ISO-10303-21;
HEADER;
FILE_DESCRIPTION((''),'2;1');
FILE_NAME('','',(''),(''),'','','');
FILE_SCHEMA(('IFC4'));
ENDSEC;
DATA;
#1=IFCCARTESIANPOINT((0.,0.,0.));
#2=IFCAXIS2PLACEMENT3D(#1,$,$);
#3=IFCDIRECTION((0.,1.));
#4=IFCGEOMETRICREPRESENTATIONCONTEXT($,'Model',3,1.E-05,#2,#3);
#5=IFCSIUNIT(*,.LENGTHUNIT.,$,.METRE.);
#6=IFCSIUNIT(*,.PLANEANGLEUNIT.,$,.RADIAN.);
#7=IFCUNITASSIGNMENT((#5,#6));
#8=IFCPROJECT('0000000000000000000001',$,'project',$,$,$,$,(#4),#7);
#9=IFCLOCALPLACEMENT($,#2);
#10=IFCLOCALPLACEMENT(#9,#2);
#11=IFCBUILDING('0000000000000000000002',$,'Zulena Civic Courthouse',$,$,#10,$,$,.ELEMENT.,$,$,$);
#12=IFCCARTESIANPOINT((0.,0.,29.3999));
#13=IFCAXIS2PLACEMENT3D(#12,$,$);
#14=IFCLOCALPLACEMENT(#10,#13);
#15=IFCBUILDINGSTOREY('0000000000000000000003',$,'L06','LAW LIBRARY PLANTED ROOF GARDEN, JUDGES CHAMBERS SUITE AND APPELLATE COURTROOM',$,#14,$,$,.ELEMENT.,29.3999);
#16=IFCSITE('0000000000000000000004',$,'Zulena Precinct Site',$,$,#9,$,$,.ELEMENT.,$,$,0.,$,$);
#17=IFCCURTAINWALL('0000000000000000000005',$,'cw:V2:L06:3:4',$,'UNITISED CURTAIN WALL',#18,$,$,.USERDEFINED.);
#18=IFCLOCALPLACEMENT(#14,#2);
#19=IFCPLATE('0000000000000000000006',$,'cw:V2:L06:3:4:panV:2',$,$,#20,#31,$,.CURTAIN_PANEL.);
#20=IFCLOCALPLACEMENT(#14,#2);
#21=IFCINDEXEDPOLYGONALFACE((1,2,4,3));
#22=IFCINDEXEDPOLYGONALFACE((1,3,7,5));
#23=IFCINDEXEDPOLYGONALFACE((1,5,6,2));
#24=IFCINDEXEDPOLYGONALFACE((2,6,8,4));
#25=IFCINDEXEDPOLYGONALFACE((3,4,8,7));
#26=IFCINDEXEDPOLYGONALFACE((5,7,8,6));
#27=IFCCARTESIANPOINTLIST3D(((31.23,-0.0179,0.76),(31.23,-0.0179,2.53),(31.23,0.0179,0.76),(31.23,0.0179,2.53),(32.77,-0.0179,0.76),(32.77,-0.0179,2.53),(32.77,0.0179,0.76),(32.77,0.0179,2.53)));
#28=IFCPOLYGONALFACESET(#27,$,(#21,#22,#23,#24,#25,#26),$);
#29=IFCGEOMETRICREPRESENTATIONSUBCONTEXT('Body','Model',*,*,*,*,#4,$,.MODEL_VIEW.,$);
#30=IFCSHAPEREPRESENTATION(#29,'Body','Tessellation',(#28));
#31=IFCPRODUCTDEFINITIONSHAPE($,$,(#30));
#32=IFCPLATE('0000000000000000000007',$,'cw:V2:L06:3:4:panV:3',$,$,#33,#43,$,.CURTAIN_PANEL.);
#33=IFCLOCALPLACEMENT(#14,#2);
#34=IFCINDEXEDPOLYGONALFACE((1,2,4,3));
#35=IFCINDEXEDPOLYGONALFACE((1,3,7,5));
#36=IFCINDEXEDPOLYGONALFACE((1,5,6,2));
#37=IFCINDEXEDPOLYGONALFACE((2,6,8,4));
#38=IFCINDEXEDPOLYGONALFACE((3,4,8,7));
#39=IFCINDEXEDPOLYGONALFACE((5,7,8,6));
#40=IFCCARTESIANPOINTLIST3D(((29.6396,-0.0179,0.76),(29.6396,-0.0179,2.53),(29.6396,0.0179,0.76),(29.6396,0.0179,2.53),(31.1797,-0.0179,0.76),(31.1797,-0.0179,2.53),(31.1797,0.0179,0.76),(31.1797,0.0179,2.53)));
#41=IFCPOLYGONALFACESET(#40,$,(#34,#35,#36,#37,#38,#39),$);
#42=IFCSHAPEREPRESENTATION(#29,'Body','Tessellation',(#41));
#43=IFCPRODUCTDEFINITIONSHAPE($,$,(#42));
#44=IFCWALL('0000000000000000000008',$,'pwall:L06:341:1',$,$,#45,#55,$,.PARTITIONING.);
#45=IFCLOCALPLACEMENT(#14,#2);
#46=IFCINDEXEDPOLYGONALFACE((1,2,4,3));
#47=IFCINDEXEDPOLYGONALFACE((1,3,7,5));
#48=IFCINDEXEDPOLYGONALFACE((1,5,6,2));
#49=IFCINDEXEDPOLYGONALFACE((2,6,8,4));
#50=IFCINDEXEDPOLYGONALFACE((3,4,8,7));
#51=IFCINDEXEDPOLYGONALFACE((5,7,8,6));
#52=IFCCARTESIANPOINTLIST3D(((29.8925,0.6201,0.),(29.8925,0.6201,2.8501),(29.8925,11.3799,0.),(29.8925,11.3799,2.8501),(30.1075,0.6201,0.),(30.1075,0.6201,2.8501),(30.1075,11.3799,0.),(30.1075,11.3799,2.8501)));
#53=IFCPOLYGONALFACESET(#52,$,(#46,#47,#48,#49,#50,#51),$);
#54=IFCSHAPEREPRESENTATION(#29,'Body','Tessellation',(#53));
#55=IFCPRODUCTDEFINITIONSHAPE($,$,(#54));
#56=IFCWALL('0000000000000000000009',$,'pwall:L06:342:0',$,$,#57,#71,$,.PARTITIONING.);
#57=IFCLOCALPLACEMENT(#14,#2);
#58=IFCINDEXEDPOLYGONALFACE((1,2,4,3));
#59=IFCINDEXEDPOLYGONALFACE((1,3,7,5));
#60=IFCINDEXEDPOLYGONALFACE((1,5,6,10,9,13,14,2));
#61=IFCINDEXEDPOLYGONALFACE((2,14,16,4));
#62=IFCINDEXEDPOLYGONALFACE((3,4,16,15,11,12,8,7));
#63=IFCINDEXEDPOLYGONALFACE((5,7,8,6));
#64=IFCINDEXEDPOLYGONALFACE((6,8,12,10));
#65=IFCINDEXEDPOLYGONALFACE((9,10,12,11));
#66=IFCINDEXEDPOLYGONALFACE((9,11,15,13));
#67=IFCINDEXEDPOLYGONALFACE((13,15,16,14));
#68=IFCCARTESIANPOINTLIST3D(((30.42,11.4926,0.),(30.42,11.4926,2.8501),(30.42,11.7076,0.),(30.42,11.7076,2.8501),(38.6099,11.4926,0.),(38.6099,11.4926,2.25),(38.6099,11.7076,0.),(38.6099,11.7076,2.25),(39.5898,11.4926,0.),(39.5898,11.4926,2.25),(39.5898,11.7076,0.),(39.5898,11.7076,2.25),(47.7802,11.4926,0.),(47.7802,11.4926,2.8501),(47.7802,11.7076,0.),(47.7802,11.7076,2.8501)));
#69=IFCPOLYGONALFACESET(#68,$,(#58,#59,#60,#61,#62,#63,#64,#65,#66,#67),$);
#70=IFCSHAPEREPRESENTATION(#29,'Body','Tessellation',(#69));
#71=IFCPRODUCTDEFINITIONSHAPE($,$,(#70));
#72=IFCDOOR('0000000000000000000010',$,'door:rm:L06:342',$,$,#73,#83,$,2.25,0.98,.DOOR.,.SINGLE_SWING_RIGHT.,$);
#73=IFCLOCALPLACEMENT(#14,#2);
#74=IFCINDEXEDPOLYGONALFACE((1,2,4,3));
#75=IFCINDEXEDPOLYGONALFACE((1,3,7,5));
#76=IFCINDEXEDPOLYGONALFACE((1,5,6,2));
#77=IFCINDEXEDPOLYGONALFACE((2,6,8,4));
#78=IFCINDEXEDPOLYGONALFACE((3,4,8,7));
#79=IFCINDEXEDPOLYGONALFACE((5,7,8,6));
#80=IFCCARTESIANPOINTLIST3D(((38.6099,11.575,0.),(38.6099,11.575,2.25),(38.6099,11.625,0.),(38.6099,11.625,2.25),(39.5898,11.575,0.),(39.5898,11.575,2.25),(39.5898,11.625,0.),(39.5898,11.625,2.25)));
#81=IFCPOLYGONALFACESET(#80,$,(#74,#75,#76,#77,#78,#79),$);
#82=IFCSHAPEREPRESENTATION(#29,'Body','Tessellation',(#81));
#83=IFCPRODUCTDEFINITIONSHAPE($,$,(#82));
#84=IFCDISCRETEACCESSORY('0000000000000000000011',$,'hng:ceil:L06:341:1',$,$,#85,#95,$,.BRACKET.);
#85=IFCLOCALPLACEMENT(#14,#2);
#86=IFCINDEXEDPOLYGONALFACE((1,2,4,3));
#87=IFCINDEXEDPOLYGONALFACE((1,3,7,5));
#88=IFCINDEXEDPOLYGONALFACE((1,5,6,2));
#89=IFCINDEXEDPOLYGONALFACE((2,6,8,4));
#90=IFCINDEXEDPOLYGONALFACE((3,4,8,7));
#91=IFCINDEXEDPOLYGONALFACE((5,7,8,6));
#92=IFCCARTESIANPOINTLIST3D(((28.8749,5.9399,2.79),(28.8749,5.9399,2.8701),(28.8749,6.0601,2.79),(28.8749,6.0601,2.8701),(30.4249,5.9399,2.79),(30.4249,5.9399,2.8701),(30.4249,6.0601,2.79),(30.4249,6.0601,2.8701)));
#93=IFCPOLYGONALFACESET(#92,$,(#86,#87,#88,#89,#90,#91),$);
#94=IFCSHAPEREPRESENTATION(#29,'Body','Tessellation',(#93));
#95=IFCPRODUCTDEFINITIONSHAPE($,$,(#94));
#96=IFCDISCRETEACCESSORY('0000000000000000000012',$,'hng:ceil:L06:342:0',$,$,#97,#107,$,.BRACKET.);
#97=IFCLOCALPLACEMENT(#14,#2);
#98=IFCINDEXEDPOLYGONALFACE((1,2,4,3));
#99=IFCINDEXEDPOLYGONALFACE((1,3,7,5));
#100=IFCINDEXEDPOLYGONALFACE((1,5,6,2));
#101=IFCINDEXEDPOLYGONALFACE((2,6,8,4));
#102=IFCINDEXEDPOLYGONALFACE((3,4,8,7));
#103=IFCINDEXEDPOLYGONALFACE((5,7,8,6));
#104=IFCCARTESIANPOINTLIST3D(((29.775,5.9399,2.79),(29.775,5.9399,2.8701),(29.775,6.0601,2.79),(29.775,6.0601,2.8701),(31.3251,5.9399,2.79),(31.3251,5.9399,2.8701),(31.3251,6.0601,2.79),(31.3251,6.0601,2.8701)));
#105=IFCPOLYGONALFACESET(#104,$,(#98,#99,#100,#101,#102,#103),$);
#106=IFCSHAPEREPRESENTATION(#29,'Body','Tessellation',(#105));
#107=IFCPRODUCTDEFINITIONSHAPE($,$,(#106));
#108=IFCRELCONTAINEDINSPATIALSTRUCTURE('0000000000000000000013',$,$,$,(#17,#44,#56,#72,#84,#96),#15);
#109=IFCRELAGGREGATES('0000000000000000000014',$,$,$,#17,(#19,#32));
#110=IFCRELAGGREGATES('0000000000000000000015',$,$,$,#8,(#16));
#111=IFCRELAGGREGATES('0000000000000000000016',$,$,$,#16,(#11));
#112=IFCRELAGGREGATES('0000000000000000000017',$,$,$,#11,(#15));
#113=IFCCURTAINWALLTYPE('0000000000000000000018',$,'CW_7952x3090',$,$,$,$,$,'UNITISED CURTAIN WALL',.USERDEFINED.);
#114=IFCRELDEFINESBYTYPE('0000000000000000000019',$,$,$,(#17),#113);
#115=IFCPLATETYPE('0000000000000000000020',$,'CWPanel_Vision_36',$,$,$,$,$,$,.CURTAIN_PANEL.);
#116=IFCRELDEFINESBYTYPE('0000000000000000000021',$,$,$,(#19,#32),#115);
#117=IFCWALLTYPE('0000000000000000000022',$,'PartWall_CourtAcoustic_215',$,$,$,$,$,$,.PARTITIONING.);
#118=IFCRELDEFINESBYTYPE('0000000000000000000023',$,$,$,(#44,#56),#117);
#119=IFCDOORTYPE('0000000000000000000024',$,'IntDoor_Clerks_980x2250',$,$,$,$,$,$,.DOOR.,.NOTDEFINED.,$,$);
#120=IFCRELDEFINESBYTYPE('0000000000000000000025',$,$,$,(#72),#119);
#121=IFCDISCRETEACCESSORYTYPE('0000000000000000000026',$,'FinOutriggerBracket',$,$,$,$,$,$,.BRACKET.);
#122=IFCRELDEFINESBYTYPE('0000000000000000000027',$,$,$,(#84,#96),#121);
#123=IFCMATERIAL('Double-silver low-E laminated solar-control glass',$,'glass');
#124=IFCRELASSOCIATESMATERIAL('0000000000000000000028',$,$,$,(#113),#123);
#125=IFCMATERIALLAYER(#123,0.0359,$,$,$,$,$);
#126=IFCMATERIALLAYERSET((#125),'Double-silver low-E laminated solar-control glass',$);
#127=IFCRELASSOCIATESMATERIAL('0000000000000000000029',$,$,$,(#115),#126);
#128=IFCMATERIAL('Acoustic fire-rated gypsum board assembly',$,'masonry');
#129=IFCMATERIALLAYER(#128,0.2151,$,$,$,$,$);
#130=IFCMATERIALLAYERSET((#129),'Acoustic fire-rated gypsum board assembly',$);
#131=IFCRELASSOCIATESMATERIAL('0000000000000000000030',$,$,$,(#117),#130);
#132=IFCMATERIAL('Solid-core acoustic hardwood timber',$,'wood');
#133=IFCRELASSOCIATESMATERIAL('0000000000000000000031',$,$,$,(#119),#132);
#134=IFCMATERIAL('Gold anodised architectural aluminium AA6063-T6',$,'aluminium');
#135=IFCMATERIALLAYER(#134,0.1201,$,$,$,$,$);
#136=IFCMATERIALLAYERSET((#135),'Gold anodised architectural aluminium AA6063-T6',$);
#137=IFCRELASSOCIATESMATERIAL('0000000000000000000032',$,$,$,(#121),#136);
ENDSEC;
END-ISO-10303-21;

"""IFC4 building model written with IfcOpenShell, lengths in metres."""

from ifc_helpers import new_model, si_unit, direction, frame, frame_2d, origin, origin_2d, place, context, subcontext, project, spatial, rectangle, extrude, material, layer, layer_set, type_object, element, fill, aggregate, save


model = new_model("IFC4")

# Units and contexts
model_context = context("Model", 3, precision=1e-05, world=origin(), true_north=direction((0.0, 1.0)))
body_context = subcontext(model_context, "Body", "Model", "MODEL_VIEW")
ifc_project = project(units=[si_unit("LENGTHUNIT", "METRE"), si_unit("PLANEANGLEUNIT", "RADIAN")], contexts=[model_context])

# Site, building, storey
site_placement = place(None, origin())
site = spatial("IfcSite", under=ifc_project, at=site_placement, Name="Zulena Precinct Site", CompositionType="ELEMENT", RefElevation=0.0)
building_placement = place(site_placement, origin())
building = spatial("IfcBuilding", under=site, at=building_placement, Name="Zulena Civic Courthouse", CompositionType="ELEMENT")
storey_placement = place(building_placement, frame((0.0, 0.0, 29.3999)))
storey = spatial("IfcBuildingStorey", under=building, at=storey_placement, Name="L06", Description="LAW LIBRARY PLANTED ROOF GARDEN, JUDGES CHAMBERS SUITE AND APPELLATE COURTROOM", CompositionType="ELEMENT", Elevation=29.3999)

# Curtain wall
ifc_material_1 = material(Name="Double-silver low-E laminated solar-control glass", Category="glass")
curtain_wall_type = type_object("IfcCurtainWallType", Name="CW_7952x3090", ElementType="UNITISED CURTAIN WALL", PredefinedType="USERDEFINED", material=ifc_material_1)
curtain_wall_placement = place(storey_placement, origin())
curtain_wall = element("IfcCurtainWall", 1, at=curtain_wall_placement, inside=storey, type_object=curtain_wall_type, Name="cw:V2:L06:3:4", ObjectType="UNITISED CURTAIN WALL", PredefinedType="USERDEFINED")

# Plates
ifc_layer_1 = layer(ifc_material_1, 0.0359)
ifc_layer_set_1 = layer_set([ifc_layer_1], Name="Double-silver low-E laminated solar-control glass")
plate_type_1 = type_object("IfcPlateType", Name="CWPanel_Vision_36", PredefinedType="CURTAIN_PANEL", material=ifc_layer_set_1)
plate_1_placement = place(storey_placement, frame((32.0, 0.0, 0.76), z_axis=(0.0, 0.0, 1.0), x_axis=(-1.0, 0.0, 0.0)))
plate_1 = element("IfcPlate", 2, at=plate_1_placement, type_object=plate_type_1, Name="cw:V2:L06:3:4:panV:2", PredefinedType="CURTAIN_PANEL", context=body_context, shape_type="SweptSolid", body=[
    extrude(rectangle(XDim=1.54, YDim=0.0359, at=origin_2d()), origin(), (0.0, 0.0, 1.0), 1.77),
])
plate_2_placement = place(storey_placement, frame((30.4097, 0.0, 0.76), z_axis=(0.0, 0.0, 1.0), x_axis=(-1.0, 0.0, 0.0)))
plate_2 = element("IfcPlate", 3, at=plate_2_placement, type_object=plate_type_1, Name="cw:V2:L06:3:4:panV:3", PredefinedType="CURTAIN_PANEL", context=body_context, shape_type="SweptSolid", body=[
    extrude(rectangle(XDim=1.54, YDim=0.0359, at=origin_2d()), origin(), (0.0, 0.0, 1.0), 1.77),
])
aggregate(curtain_wall, [plate_1, plate_2])

# Wall
ifc_material_2 = material(Name="Acoustic fire-rated gypsum board assembly", Category="masonry")
ifc_layer_2 = layer(ifc_material_2, 0.2151)
ifc_layer_set_2 = layer_set([ifc_layer_2], Name="Acoustic fire-rated gypsum board assembly")
wall_type_1 = type_object("IfcWallType", Name="PartWall_CourtAcoustic_215", PredefinedType="PARTITIONING", material=ifc_layer_set_2)
wall_1_placement = place(storey_placement, frame((30.0, 0.6201, 0.0), z_axis=(0.0, 0.0, 1.0), x_axis=(0.0, 1.0, 0.0)))
element("IfcWall", 4, at=wall_1_placement, inside=storey, type_object=wall_type_1, Name="pwall:L06:341:1", PredefinedType="PARTITIONING", context=body_context, shape_type="SweptSolid", body=[
    extrude(rectangle(XDim=10.7598, YDim=0.2151, at=frame_2d((5.3799, 0.0))), origin(), (0.0, 0.0, 1.0), 2.8501),
])

# Wall, opening, door
wall_2_placement = place(storey_placement, frame((30.4199, 11.6001, 0.0), z_axis=(0.0, 0.0, 1.0), x_axis=(1.0, 0.0, 0.0)))
wall_2 = element("IfcWall", 5, at=wall_2_placement, inside=storey, type_object=wall_type_1, Name="pwall:L06:342:0", PredefinedType="PARTITIONING", context=body_context, shape_type="SweptSolid", body=[
    extrude(rectangle(XDim=17.3601, YDim=0.2151, at=frame_2d((8.6802, 0.0))), origin(), (0.0, 0.0, 1.0), 2.8501),
])
opening_1_placement = place(wall_2_placement, frame((8.1899, 0.0, 0.0)))
opening_1 = element("IfcOpeningElement", 6, at=opening_1_placement, cuts=wall_2, PredefinedType="OPENING", context=body_context, shape_type="SweptSolid", body=[
    extrude(rectangle(XDim=0.98, YDim=2.25, at=frame_2d((0.49, 1.125))), frame((0.0, 0.1174, 0.0), z_axis=(0.0, -1.0, 0.0), x_axis=(1.0, 0.0, 0.0)), (0.0, 0.0, 1.0), 0.2351),
])
ifc_material_3 = material(Name="Solid-core acoustic hardwood timber", Category="wood")
door_type_1 = type_object("IfcDoorType", Name="IntDoor_Clerks_980x2250", OperationType="NOTDEFINED", PredefinedType="DOOR", material=ifc_material_3)
door_1_placement = place(opening_1_placement, origin())
door_1 = element("IfcDoor", 7, at=door_1_placement, inside=storey, type_object=door_type_1, Name="door:rm:L06:342", OperationType="SINGLE_SWING_RIGHT", OverallHeight=2.25, OverallWidth=0.98, PredefinedType="DOOR", context=body_context, shape_type="SweptSolid", body=[
    extrude(rectangle(XDim=0.98, YDim=2.25, at=frame_2d((0.49, 1.125))), frame((0.0, 0.0249, 0.0), z_axis=(0.0, -1.0, 0.0), x_axis=(1.0, 0.0, 0.0)), (0.0, 0.0, 1.0), 0.05),
])
fill(opening_1, door_1)

# Discrete accessories
ifc_material_4 = material(Name="Gold anodised architectural aluminium AA6063-T6", Category="aluminium")
ifc_layer_3 = layer(ifc_material_4, 0.1201)
ifc_layer_set_3 = layer_set([ifc_layer_3], Name="Gold anodised architectural aluminium AA6063-T6")
discrete_accessory_type = type_object("IfcDiscreteAccessoryType", Name="FinOutriggerBracket", PredefinedType="BRACKET", material=ifc_layer_set_3)
for number, where, z_axis, x_axis, name in (
    (8, (29.6499, 6.0, 2.79), (0.0, 0.0, 1.0), (1.0, 0.0, 0.0), "hng:ceil:L06:341:1"),
    (9, (30.55, 6.0, 2.79), (0.0, 0.0, 1.0), (1.0, 0.0, 0.0), "hng:ceil:L06:342:0"),
):
    element("IfcDiscreteAccessory", number, at=place(storey_placement, frame(where, z_axis=z_axis, x_axis=x_axis)), inside=storey, type_object=discrete_accessory_type, Name=name, PredefinedType="BRACKET", context=body_context, shape_type="SweptSolid", body=[
        extrude(rectangle(XDim=1.55, YDim=0.1201, at=origin_2d()), origin(), (0.0, 0.0, 1.0), 0.0801),
    ])

save(model, "model.ifc")
